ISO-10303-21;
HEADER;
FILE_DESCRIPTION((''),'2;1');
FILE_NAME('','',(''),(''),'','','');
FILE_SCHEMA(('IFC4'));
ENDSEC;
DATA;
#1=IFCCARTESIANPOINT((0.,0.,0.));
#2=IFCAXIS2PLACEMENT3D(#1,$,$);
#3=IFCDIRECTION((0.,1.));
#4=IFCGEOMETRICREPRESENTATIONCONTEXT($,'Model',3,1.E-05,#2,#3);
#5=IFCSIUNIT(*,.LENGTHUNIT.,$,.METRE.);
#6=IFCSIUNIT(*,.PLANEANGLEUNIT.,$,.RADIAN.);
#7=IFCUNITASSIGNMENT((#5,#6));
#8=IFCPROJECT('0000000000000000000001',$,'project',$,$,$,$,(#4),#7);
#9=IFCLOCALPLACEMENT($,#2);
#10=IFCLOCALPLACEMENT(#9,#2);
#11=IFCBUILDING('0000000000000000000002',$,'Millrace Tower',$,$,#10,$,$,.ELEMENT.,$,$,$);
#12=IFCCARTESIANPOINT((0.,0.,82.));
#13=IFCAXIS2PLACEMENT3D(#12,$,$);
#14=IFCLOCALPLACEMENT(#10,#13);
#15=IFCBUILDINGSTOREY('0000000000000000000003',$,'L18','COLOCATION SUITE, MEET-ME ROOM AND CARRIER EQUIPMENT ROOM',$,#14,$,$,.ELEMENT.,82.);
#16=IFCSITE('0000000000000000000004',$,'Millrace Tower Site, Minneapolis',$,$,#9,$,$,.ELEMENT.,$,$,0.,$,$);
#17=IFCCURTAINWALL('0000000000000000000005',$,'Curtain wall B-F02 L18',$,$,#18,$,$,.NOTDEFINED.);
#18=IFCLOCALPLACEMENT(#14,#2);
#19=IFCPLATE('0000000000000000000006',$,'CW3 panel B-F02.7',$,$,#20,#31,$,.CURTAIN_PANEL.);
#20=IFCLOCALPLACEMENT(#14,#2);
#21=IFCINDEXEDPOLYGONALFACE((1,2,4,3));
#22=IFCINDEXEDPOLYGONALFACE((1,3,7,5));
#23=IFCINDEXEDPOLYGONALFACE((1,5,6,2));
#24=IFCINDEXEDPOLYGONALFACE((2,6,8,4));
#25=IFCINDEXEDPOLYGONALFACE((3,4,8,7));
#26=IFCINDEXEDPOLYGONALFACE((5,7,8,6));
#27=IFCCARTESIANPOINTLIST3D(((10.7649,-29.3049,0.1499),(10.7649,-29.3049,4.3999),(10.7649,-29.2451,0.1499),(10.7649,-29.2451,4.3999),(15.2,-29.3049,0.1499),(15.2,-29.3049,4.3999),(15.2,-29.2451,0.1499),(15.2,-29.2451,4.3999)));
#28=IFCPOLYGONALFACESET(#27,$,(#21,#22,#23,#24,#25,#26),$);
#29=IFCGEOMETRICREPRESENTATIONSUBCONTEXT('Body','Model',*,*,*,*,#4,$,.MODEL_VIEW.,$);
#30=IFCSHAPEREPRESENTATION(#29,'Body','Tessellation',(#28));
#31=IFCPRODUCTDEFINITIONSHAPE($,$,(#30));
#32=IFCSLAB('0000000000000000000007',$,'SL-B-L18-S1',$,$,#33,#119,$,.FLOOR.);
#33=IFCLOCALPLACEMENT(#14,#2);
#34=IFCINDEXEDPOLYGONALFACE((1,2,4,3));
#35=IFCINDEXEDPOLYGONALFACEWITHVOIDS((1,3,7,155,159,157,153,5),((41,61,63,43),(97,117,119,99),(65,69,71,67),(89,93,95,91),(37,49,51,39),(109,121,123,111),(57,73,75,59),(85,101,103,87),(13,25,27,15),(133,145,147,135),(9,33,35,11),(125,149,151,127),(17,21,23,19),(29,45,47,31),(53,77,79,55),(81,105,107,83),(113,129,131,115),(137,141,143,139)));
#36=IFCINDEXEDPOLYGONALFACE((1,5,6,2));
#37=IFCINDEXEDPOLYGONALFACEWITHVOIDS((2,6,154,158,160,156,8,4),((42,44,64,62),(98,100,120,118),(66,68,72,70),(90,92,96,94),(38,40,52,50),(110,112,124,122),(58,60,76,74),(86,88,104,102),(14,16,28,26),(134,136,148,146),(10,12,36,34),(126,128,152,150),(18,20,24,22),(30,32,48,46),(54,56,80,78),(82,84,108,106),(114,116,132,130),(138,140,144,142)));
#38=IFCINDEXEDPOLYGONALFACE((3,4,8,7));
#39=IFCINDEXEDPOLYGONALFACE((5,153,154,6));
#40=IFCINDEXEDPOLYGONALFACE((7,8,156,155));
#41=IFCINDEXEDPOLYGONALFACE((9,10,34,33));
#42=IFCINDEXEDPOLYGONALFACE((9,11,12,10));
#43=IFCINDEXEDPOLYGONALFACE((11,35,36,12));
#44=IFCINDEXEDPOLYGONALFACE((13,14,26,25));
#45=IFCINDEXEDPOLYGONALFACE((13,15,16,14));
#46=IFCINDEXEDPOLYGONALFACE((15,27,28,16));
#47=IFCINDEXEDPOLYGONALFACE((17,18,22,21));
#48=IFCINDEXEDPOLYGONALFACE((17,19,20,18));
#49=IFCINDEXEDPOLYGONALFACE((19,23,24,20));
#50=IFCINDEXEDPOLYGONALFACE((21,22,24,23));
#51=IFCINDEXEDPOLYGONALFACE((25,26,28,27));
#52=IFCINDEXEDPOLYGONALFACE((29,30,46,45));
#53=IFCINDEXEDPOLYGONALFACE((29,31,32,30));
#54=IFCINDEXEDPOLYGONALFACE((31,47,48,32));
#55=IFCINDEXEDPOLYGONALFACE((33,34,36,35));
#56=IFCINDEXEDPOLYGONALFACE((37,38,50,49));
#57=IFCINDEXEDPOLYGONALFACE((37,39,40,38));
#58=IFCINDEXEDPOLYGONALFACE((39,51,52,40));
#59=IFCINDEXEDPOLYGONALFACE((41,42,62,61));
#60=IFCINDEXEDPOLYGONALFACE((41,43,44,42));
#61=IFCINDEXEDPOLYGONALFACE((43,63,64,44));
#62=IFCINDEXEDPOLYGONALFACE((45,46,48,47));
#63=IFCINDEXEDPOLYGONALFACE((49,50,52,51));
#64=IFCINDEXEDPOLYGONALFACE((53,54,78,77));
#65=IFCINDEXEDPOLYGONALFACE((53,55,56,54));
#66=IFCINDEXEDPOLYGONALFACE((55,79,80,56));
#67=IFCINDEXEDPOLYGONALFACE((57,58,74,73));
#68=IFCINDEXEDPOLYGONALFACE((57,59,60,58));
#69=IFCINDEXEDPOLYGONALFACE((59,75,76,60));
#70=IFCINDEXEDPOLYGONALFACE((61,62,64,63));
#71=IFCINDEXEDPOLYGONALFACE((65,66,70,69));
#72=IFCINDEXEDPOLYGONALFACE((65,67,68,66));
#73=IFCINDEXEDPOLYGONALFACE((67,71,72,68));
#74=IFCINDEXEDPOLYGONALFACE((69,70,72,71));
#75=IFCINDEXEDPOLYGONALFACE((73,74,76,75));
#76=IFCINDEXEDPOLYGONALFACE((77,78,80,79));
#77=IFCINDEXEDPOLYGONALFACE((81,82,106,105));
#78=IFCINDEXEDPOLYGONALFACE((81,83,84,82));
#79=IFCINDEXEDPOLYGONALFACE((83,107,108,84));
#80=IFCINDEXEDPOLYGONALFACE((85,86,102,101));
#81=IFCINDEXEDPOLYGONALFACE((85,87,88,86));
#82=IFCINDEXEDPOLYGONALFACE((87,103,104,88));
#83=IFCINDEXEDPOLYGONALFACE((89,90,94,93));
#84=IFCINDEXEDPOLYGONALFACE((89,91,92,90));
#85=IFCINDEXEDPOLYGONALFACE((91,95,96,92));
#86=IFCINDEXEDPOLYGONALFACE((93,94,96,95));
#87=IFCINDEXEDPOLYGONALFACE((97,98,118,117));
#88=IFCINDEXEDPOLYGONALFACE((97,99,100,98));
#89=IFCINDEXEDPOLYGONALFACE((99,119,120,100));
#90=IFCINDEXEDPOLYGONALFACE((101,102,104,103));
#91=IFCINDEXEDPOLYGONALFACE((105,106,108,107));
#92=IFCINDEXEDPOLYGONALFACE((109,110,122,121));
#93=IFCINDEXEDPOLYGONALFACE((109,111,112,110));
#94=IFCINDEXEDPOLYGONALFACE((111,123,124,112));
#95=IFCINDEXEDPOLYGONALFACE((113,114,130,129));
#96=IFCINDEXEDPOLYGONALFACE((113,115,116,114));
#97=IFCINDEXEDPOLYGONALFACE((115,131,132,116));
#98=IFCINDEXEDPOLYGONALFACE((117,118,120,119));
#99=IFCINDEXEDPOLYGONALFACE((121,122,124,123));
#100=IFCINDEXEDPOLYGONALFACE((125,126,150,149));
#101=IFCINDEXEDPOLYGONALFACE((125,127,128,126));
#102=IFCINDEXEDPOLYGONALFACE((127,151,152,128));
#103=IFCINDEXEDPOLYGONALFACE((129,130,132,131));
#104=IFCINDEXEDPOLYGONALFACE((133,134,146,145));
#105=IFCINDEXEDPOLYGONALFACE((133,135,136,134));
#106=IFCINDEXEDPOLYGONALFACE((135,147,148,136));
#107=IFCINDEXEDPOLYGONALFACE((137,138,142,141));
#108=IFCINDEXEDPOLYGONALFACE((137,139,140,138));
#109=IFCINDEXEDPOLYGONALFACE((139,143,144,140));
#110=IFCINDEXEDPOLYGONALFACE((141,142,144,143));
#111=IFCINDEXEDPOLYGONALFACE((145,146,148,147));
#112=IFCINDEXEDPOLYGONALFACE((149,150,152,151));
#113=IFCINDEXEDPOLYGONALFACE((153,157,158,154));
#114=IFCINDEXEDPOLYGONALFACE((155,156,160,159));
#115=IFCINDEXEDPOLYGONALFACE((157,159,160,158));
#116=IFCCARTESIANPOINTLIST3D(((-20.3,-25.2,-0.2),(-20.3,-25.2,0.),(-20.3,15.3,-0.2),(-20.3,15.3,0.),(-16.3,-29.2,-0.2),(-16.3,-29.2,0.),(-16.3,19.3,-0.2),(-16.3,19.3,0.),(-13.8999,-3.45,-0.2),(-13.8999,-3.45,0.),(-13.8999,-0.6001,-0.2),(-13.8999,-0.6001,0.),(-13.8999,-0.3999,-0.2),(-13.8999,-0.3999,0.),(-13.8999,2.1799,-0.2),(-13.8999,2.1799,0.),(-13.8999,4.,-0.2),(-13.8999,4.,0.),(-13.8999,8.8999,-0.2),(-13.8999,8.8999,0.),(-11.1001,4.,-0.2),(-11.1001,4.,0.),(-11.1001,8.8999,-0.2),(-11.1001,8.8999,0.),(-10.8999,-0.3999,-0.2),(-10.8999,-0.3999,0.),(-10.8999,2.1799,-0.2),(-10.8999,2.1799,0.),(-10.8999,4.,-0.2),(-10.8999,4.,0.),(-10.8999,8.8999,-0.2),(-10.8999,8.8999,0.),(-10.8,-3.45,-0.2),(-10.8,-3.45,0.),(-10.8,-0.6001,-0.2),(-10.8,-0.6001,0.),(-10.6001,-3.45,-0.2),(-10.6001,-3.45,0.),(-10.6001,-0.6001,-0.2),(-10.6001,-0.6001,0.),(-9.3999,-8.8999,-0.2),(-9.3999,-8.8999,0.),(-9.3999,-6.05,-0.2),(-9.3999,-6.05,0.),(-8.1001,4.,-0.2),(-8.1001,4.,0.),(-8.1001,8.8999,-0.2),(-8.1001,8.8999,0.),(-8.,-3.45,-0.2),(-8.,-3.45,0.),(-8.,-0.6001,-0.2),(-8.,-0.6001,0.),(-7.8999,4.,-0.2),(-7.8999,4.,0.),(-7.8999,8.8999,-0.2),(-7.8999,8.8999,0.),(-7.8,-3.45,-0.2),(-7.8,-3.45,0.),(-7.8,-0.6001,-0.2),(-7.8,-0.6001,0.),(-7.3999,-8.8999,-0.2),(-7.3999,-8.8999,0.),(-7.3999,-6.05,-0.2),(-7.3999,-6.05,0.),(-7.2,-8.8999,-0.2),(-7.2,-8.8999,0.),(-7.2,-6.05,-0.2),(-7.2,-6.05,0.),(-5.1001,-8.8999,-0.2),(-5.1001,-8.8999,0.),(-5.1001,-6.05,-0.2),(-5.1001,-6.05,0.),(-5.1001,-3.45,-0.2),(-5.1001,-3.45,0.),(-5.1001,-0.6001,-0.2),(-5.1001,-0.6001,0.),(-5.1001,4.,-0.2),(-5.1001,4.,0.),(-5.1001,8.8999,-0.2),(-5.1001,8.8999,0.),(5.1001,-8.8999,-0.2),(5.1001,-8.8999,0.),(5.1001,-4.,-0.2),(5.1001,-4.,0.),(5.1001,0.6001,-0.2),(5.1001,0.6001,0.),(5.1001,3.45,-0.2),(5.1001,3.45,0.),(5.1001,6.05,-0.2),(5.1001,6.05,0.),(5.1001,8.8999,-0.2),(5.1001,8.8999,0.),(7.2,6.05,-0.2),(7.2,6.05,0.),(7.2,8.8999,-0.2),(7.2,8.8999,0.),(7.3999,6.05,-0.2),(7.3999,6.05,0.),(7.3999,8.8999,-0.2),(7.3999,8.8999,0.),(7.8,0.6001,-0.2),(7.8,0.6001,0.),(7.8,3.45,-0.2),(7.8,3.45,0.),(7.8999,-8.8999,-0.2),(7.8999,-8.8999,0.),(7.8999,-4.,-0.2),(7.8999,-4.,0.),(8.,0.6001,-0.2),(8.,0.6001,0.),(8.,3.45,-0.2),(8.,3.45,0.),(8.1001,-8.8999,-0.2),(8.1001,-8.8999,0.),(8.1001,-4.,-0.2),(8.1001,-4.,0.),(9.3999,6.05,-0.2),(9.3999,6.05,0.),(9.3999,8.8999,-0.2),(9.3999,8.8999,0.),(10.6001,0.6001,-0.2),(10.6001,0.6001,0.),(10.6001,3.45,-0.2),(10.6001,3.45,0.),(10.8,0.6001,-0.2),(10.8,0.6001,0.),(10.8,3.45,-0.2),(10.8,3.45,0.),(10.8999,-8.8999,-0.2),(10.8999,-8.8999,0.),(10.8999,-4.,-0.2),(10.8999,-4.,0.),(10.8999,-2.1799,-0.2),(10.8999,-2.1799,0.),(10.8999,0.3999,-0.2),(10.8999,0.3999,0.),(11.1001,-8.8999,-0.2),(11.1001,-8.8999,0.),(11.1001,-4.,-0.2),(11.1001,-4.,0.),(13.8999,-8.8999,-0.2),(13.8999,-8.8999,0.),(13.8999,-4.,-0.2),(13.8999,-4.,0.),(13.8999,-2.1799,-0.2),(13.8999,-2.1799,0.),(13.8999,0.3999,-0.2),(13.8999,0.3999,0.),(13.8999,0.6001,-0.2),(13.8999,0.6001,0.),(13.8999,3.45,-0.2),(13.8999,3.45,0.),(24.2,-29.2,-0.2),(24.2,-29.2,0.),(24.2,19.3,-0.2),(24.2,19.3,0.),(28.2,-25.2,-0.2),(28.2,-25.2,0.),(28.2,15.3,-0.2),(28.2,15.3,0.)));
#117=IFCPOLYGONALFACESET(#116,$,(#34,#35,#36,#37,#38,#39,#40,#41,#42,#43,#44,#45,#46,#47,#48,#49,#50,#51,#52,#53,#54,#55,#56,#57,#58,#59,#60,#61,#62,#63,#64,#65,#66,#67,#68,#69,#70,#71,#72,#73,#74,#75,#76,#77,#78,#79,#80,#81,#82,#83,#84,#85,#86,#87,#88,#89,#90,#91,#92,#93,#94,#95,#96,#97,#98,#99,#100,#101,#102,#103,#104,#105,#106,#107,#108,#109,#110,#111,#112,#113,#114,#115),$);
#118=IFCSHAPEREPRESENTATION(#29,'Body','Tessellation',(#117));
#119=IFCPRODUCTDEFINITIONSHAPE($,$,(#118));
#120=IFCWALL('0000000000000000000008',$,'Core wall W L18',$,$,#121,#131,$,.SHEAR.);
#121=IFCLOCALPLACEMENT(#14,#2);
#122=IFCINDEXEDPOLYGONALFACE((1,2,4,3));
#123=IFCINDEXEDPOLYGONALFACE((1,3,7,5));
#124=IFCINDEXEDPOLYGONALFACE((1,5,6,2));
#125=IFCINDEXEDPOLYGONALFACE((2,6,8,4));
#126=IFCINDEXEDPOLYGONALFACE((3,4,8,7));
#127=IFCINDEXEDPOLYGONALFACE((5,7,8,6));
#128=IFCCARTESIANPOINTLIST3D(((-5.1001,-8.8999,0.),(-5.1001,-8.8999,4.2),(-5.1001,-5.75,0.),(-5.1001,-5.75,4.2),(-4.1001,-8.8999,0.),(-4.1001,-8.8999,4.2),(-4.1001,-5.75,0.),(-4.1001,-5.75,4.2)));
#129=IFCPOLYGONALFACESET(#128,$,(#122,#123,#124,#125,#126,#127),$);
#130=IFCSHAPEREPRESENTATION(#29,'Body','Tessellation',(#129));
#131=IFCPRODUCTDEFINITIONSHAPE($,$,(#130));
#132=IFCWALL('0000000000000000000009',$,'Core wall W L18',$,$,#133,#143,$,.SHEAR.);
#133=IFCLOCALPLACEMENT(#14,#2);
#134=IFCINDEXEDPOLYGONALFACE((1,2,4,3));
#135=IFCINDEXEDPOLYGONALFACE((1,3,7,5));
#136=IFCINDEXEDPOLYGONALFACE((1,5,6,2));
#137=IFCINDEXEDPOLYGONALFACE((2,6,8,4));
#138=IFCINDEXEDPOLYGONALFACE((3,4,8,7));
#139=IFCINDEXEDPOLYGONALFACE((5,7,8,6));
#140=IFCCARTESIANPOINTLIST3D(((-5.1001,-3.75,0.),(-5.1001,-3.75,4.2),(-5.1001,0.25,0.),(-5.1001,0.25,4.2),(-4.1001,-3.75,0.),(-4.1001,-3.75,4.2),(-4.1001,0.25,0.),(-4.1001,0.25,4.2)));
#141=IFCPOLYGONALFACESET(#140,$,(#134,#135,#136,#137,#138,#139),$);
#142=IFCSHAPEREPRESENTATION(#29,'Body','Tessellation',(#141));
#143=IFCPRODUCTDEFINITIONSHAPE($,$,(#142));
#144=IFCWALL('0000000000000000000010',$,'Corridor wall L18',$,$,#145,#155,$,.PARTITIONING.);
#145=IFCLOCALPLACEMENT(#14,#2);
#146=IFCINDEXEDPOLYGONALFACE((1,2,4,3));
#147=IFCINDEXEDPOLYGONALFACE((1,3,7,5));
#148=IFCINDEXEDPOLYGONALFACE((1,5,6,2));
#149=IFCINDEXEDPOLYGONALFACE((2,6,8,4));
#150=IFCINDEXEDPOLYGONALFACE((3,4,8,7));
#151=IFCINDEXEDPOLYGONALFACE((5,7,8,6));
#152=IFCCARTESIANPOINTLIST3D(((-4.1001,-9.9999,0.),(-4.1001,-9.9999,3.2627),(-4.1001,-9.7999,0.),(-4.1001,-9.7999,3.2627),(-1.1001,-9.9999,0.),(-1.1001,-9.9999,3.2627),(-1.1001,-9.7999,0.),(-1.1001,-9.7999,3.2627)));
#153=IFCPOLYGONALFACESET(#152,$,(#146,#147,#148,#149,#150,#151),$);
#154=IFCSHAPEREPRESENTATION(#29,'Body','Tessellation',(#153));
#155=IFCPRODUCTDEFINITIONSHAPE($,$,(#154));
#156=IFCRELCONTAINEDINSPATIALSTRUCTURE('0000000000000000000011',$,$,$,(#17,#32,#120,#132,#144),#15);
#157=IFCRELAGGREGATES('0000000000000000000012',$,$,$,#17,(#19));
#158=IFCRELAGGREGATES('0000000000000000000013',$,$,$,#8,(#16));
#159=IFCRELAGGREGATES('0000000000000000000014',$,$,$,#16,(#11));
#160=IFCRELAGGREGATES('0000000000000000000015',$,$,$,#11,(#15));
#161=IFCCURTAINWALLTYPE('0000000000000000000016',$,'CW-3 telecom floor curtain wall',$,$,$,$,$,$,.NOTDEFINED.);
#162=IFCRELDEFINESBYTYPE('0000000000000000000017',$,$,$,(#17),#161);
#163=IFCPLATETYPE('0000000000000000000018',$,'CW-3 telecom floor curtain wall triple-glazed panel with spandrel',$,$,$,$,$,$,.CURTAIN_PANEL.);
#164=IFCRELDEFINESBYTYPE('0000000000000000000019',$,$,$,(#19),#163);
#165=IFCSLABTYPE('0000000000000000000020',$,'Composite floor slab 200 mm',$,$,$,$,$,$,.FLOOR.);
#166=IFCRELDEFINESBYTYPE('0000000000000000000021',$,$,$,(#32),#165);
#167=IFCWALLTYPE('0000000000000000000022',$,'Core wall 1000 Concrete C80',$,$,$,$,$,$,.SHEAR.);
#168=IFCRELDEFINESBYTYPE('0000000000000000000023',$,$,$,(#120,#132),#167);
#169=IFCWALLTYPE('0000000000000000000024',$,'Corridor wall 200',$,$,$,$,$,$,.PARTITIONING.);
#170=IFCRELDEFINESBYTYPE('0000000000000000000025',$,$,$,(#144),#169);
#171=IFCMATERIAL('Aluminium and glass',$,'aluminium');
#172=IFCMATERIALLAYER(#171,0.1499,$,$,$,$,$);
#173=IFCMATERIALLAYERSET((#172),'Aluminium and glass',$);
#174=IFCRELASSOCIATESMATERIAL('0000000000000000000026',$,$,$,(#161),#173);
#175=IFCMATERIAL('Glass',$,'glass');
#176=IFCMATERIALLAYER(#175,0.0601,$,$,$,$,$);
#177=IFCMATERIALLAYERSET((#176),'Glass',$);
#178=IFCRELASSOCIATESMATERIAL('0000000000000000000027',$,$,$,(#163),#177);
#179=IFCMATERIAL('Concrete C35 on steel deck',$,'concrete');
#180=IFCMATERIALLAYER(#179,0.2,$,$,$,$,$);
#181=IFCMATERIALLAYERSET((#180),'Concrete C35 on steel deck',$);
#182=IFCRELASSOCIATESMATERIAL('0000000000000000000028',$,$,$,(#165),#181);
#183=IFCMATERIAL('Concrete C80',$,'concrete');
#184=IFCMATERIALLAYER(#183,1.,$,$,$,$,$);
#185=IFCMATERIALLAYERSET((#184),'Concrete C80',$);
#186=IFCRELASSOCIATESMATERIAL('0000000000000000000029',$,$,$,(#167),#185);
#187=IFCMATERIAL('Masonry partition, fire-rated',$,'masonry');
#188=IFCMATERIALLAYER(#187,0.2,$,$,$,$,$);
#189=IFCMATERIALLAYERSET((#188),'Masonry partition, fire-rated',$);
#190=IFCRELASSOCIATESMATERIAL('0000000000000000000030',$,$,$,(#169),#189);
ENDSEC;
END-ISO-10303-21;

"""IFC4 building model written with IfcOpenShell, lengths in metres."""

from ifc_helpers import new_model, si_unit, direction, frame, frame_2d, origin, place, context, subcontext, project, spatial, polyline, rectangle, outline, extrude, material, layer, layer_set, type_object, element, aggregate, save


model = new_model("IFC4")

# Units and contexts
model_context = context("Model", 3, precision=1e-05, world=origin(), true_north=direction((0.0, 1.0)))
body_context = subcontext(model_context, "Body", "Model", "MODEL_VIEW")
ifc_project = project(units=[si_unit("LENGTHUNIT", "METRE"), si_unit("PLANEANGLEUNIT", "RADIAN")], contexts=[model_context])

# Site, building, storey
site_placement = place(None, origin())
site = spatial("IfcSite", under=ifc_project, at=site_placement, Name="Millrace Tower Site, Minneapolis", CompositionType="ELEMENT", RefElevation=0.0)
building_placement = place(site_placement, origin())
building = spatial("IfcBuilding", under=site, at=building_placement, Name="Millrace Tower", CompositionType="ELEMENT")
storey_placement = place(building_placement, frame((0.0, 0.0, 82.0)))
storey = spatial("IfcBuildingStorey", under=building, at=storey_placement, Name="L18", Description="COLOCATION SUITE, MEET-ME ROOM AND CARRIER EQUIPMENT ROOM", CompositionType="ELEMENT", Elevation=82.0)

# Shared definitions
ifc_material_1 = material(Name="Aluminium and glass", Category="aluminium")
ifc_layer_1 = layer(ifc_material_1, 0.1499)
ifc_layer_set_1 = layer_set([ifc_layer_1], Name="Aluminium and glass")
curtain_wall_type = type_object("IfcCurtainWallType", Name="CW-3 telecom floor curtain wall", PredefinedType="NOTDEFINED", material=ifc_layer_set_1)
placement_1 = place(storey_placement, origin())
ifc_material_2 = material(Name="Glass", Category="glass")
ifc_layer_2 = layer(ifc_material_2, 0.0601)
ifc_layer_set_2 = layer_set([ifc_layer_2], Name="Glass")
plate_type = type_object("IfcPlateType", Name="CW-3 telecom floor curtain wall triple-glazed panel with spandrel", PredefinedType="CURTAIN_PANEL", material=ifc_layer_set_2)
placement_2 = place(storey_placement, frame((0.0, 0.0, 0.1499)))

# Curtain wall, plate
curtain_wall_1 = element("IfcCurtainWall", 1, at=placement_1, inside=storey, type_object=curtain_wall_type, Name="Curtain wall B-F02 L18", PredefinedType="NOTDEFINED")
plate_1 = element("IfcPlate", 2, at=placement_2, type_object=plate_type, Name="CW3 panel B-F02.7", PredefinedType="CURTAIN_PANEL", context=body_context, shape_type="SweptSolid", body=[
    extrude(outline(polyline([(10.7649, -29.3049), (15.2, -29.3049), (15.2, -29.2451), (10.7649, -29.2451), (10.7649, -29.3049)])), origin(), (0.0, 0.0, 1.0), 4.25),
])
aggregate(curtain_wall_1, [plate_1])

# Slab
ifc_material_3 = material(Name="Concrete C35 on steel deck", Category="concrete")
ifc_layer_3 = layer(ifc_material_3, 0.2)
ifc_layer_set_3 = layer_set([ifc_layer_3], Name="Concrete C35 on steel deck")
slab_type = type_object("IfcSlabType", Name="Composite floor slab 200 mm", PredefinedType="FLOOR", material=ifc_layer_set_3)
slab_placement = place(storey_placement, frame((0.0, 0.0, -0.2)))
element("IfcSlab", 3, at=slab_placement, inside=storey, type_object=slab_type, Name="SL-B-L18-S1", PredefinedType="FLOOR", context=body_context, shape_type="SweptSolid", body=[
    extrude(outline(polyline([(-20.3, -25.2), (-16.3, -29.2), (24.2, -29.2), (28.2, -25.2), (28.2, 15.3), (24.2, 19.3), (-16.3, 19.3), (-20.3, 15.3), (-20.3, -25.2)]), holes=[polyline([(-9.3999, -8.8999), (-7.3999, -8.8999), (-7.3999, -6.05), (-9.3999, -6.05), (-9.3999, -8.8999)]), polyline([(-7.2, -8.8999), (-5.1001, -8.8999), (-5.1001, -6.05), (-7.2, -6.05), (-7.2, -8.8999)]), polyline([(-13.8999, -3.45), (-10.8, -3.45), (-10.8, -0.6001), (-13.8999, -0.6001), (-13.8999, -3.45)]), polyline([(-10.6001, -3.45), (-8.0, -3.45), (-8.0, -0.6001), (-10.6001, -0.6001), (-10.6001, -3.45)]), polyline([(-7.8, -3.45), (-5.1001, -3.45), (-5.1001, -0.6001), (-7.8, -0.6001), (-7.8, -3.45)]), polyline([(-13.8999, -0.3999), (-10.8999, -0.3999), (-10.8999, 2.1799), (-13.8999, 2.1799), (-13.8999, -0.3999)]), polyline([(-13.8999, 4.0), (-11.1001, 4.0), (-11.1001, 8.8999), (-13.8999, 8.8999), (-13.8999, 4.0)]), polyline([(-10.8999, 4.0), (-8.1001, 4.0), (-8.1001, 8.8999), (-10.8999, 8.8999), (-10.8999, 4.0)]), polyline([(-7.8999, 4.0), (-5.1001, 4.0), (-5.1001, 8.8999), (-7.8999, 8.8999), (-7.8999, 4.0)]), polyline([(7.3999, 6.05), (9.3999, 6.05), (9.3999, 8.8999), (7.3999, 8.8999), (7.3999, 6.05)]), polyline([(5.1001, 6.05), (7.2, 6.05), (7.2, 8.8999), (5.1001, 8.8999), (5.1001, 6.05)]), polyline([(10.8, 0.6001), (13.8999, 0.6001), (13.8999, 3.45), (10.8, 3.45), (10.8, 0.6001)]), polyline([(8.0, 0.6001), (10.6001, 0.6001), (10.6001, 3.45), (8.0, 3.45), (8.0, 0.6001)]), polyline([(5.1001, 0.6001), (7.8, 0.6001), (7.8, 3.45), (5.1001, 3.45), (5.1001, 0.6001)]), polyline([(10.8999, -2.1799), (13.8999, -2.1799), (13.8999, 0.3999), (10.8999, 0.3999), (10.8999, -2.1799)]), polyline([(11.1001, -8.8999), (13.8999, -8.8999), (13.8999, -4.0), (11.1001, -4.0), (11.1001, -8.8999)]), polyline([(8.1001, -8.8999), (10.8999, -8.8999), (10.8999, -4.0), (8.1001, -4.0), (8.1001, -8.8999)]), polyline([(5.1001, -8.8999), (7.8999, -8.8999), (7.8999, -4.0), (5.1001, -4.0), (5.1001, -8.8999)])]), origin(), (0.0, 0.0, 1.0), 0.2),
])

# Walls
ifc_material_4 = material(Name="Concrete C80", Category="concrete")
ifc_layer_4 = layer(ifc_material_4, 1.0)
ifc_layer_set_4 = layer_set([ifc_layer_4], Name="Concrete C80")
wall_type_1 = type_object("IfcWallType", Name="Core wall 1000 Concrete C80", PredefinedType="SHEAR", material=ifc_layer_set_4)
wall_1_placement = place(storey_placement, frame((-4.6001, -8.8999, 0.0), z_axis=(0.0, 0.0, 1.0), x_axis=(0.0, 1.0, 0.0)))
element("IfcWall", 4, at=wall_1_placement, inside=storey, type_object=wall_type_1, Name="Core wall W L18", PredefinedType="SHEAR", context=body_context, shape_type="SweptSolid", body=[
    extrude(rectangle(XDim=3.1499, YDim=1.0, at=frame_2d((1.575, 0.0))), origin(), (0.0, 0.0, 1.0), 4.2),
])
wall_2_placement = place(storey_placement, frame((-4.6001, -3.75, 0.0), z_axis=(0.0, 0.0, 1.0), x_axis=(0.0, 1.0, 0.0)))
element("IfcWall", 5, at=wall_2_placement, inside=storey, type_object=wall_type_1, Name="Core wall W L18", PredefinedType="SHEAR", context=body_context, shape_type="SweptSolid", body=[
    extrude(rectangle(XDim=4.0, YDim=1.0, at=frame_2d((2.0, 0.0))), origin(), (0.0, 0.0, 1.0), 4.2),
])
ifc_material_5 = material(Name="Masonry partition, fire-rated", Category="masonry")
ifc_layer_5 = layer(ifc_material_5, 0.2)
ifc_layer_set_5 = layer_set([ifc_layer_5], Name="Masonry partition, fire-rated")
wall_type_2 = type_object("IfcWallType", Name="Corridor wall 200", PredefinedType="PARTITIONING", material=ifc_layer_set_5)
wall_3_placement = place(storey_placement, frame((-4.1001, -9.8999, 0.0), z_axis=(0.0, 0.0, 1.0), x_axis=(1.0, 0.0, 0.0)))
element("IfcWall", 6, at=wall_3_placement, inside=storey, type_object=wall_type_2, Name="Corridor wall L18", PredefinedType="PARTITIONING", context=body_context, shape_type="SweptSolid", body=[
    extrude(rectangle(XDim=3.0, YDim=0.2, at=frame_2d((1.5, 0.0))), origin(), (0.0, 0.0, 1.0), 3.2627),
])

save(model, "model.ifc")
